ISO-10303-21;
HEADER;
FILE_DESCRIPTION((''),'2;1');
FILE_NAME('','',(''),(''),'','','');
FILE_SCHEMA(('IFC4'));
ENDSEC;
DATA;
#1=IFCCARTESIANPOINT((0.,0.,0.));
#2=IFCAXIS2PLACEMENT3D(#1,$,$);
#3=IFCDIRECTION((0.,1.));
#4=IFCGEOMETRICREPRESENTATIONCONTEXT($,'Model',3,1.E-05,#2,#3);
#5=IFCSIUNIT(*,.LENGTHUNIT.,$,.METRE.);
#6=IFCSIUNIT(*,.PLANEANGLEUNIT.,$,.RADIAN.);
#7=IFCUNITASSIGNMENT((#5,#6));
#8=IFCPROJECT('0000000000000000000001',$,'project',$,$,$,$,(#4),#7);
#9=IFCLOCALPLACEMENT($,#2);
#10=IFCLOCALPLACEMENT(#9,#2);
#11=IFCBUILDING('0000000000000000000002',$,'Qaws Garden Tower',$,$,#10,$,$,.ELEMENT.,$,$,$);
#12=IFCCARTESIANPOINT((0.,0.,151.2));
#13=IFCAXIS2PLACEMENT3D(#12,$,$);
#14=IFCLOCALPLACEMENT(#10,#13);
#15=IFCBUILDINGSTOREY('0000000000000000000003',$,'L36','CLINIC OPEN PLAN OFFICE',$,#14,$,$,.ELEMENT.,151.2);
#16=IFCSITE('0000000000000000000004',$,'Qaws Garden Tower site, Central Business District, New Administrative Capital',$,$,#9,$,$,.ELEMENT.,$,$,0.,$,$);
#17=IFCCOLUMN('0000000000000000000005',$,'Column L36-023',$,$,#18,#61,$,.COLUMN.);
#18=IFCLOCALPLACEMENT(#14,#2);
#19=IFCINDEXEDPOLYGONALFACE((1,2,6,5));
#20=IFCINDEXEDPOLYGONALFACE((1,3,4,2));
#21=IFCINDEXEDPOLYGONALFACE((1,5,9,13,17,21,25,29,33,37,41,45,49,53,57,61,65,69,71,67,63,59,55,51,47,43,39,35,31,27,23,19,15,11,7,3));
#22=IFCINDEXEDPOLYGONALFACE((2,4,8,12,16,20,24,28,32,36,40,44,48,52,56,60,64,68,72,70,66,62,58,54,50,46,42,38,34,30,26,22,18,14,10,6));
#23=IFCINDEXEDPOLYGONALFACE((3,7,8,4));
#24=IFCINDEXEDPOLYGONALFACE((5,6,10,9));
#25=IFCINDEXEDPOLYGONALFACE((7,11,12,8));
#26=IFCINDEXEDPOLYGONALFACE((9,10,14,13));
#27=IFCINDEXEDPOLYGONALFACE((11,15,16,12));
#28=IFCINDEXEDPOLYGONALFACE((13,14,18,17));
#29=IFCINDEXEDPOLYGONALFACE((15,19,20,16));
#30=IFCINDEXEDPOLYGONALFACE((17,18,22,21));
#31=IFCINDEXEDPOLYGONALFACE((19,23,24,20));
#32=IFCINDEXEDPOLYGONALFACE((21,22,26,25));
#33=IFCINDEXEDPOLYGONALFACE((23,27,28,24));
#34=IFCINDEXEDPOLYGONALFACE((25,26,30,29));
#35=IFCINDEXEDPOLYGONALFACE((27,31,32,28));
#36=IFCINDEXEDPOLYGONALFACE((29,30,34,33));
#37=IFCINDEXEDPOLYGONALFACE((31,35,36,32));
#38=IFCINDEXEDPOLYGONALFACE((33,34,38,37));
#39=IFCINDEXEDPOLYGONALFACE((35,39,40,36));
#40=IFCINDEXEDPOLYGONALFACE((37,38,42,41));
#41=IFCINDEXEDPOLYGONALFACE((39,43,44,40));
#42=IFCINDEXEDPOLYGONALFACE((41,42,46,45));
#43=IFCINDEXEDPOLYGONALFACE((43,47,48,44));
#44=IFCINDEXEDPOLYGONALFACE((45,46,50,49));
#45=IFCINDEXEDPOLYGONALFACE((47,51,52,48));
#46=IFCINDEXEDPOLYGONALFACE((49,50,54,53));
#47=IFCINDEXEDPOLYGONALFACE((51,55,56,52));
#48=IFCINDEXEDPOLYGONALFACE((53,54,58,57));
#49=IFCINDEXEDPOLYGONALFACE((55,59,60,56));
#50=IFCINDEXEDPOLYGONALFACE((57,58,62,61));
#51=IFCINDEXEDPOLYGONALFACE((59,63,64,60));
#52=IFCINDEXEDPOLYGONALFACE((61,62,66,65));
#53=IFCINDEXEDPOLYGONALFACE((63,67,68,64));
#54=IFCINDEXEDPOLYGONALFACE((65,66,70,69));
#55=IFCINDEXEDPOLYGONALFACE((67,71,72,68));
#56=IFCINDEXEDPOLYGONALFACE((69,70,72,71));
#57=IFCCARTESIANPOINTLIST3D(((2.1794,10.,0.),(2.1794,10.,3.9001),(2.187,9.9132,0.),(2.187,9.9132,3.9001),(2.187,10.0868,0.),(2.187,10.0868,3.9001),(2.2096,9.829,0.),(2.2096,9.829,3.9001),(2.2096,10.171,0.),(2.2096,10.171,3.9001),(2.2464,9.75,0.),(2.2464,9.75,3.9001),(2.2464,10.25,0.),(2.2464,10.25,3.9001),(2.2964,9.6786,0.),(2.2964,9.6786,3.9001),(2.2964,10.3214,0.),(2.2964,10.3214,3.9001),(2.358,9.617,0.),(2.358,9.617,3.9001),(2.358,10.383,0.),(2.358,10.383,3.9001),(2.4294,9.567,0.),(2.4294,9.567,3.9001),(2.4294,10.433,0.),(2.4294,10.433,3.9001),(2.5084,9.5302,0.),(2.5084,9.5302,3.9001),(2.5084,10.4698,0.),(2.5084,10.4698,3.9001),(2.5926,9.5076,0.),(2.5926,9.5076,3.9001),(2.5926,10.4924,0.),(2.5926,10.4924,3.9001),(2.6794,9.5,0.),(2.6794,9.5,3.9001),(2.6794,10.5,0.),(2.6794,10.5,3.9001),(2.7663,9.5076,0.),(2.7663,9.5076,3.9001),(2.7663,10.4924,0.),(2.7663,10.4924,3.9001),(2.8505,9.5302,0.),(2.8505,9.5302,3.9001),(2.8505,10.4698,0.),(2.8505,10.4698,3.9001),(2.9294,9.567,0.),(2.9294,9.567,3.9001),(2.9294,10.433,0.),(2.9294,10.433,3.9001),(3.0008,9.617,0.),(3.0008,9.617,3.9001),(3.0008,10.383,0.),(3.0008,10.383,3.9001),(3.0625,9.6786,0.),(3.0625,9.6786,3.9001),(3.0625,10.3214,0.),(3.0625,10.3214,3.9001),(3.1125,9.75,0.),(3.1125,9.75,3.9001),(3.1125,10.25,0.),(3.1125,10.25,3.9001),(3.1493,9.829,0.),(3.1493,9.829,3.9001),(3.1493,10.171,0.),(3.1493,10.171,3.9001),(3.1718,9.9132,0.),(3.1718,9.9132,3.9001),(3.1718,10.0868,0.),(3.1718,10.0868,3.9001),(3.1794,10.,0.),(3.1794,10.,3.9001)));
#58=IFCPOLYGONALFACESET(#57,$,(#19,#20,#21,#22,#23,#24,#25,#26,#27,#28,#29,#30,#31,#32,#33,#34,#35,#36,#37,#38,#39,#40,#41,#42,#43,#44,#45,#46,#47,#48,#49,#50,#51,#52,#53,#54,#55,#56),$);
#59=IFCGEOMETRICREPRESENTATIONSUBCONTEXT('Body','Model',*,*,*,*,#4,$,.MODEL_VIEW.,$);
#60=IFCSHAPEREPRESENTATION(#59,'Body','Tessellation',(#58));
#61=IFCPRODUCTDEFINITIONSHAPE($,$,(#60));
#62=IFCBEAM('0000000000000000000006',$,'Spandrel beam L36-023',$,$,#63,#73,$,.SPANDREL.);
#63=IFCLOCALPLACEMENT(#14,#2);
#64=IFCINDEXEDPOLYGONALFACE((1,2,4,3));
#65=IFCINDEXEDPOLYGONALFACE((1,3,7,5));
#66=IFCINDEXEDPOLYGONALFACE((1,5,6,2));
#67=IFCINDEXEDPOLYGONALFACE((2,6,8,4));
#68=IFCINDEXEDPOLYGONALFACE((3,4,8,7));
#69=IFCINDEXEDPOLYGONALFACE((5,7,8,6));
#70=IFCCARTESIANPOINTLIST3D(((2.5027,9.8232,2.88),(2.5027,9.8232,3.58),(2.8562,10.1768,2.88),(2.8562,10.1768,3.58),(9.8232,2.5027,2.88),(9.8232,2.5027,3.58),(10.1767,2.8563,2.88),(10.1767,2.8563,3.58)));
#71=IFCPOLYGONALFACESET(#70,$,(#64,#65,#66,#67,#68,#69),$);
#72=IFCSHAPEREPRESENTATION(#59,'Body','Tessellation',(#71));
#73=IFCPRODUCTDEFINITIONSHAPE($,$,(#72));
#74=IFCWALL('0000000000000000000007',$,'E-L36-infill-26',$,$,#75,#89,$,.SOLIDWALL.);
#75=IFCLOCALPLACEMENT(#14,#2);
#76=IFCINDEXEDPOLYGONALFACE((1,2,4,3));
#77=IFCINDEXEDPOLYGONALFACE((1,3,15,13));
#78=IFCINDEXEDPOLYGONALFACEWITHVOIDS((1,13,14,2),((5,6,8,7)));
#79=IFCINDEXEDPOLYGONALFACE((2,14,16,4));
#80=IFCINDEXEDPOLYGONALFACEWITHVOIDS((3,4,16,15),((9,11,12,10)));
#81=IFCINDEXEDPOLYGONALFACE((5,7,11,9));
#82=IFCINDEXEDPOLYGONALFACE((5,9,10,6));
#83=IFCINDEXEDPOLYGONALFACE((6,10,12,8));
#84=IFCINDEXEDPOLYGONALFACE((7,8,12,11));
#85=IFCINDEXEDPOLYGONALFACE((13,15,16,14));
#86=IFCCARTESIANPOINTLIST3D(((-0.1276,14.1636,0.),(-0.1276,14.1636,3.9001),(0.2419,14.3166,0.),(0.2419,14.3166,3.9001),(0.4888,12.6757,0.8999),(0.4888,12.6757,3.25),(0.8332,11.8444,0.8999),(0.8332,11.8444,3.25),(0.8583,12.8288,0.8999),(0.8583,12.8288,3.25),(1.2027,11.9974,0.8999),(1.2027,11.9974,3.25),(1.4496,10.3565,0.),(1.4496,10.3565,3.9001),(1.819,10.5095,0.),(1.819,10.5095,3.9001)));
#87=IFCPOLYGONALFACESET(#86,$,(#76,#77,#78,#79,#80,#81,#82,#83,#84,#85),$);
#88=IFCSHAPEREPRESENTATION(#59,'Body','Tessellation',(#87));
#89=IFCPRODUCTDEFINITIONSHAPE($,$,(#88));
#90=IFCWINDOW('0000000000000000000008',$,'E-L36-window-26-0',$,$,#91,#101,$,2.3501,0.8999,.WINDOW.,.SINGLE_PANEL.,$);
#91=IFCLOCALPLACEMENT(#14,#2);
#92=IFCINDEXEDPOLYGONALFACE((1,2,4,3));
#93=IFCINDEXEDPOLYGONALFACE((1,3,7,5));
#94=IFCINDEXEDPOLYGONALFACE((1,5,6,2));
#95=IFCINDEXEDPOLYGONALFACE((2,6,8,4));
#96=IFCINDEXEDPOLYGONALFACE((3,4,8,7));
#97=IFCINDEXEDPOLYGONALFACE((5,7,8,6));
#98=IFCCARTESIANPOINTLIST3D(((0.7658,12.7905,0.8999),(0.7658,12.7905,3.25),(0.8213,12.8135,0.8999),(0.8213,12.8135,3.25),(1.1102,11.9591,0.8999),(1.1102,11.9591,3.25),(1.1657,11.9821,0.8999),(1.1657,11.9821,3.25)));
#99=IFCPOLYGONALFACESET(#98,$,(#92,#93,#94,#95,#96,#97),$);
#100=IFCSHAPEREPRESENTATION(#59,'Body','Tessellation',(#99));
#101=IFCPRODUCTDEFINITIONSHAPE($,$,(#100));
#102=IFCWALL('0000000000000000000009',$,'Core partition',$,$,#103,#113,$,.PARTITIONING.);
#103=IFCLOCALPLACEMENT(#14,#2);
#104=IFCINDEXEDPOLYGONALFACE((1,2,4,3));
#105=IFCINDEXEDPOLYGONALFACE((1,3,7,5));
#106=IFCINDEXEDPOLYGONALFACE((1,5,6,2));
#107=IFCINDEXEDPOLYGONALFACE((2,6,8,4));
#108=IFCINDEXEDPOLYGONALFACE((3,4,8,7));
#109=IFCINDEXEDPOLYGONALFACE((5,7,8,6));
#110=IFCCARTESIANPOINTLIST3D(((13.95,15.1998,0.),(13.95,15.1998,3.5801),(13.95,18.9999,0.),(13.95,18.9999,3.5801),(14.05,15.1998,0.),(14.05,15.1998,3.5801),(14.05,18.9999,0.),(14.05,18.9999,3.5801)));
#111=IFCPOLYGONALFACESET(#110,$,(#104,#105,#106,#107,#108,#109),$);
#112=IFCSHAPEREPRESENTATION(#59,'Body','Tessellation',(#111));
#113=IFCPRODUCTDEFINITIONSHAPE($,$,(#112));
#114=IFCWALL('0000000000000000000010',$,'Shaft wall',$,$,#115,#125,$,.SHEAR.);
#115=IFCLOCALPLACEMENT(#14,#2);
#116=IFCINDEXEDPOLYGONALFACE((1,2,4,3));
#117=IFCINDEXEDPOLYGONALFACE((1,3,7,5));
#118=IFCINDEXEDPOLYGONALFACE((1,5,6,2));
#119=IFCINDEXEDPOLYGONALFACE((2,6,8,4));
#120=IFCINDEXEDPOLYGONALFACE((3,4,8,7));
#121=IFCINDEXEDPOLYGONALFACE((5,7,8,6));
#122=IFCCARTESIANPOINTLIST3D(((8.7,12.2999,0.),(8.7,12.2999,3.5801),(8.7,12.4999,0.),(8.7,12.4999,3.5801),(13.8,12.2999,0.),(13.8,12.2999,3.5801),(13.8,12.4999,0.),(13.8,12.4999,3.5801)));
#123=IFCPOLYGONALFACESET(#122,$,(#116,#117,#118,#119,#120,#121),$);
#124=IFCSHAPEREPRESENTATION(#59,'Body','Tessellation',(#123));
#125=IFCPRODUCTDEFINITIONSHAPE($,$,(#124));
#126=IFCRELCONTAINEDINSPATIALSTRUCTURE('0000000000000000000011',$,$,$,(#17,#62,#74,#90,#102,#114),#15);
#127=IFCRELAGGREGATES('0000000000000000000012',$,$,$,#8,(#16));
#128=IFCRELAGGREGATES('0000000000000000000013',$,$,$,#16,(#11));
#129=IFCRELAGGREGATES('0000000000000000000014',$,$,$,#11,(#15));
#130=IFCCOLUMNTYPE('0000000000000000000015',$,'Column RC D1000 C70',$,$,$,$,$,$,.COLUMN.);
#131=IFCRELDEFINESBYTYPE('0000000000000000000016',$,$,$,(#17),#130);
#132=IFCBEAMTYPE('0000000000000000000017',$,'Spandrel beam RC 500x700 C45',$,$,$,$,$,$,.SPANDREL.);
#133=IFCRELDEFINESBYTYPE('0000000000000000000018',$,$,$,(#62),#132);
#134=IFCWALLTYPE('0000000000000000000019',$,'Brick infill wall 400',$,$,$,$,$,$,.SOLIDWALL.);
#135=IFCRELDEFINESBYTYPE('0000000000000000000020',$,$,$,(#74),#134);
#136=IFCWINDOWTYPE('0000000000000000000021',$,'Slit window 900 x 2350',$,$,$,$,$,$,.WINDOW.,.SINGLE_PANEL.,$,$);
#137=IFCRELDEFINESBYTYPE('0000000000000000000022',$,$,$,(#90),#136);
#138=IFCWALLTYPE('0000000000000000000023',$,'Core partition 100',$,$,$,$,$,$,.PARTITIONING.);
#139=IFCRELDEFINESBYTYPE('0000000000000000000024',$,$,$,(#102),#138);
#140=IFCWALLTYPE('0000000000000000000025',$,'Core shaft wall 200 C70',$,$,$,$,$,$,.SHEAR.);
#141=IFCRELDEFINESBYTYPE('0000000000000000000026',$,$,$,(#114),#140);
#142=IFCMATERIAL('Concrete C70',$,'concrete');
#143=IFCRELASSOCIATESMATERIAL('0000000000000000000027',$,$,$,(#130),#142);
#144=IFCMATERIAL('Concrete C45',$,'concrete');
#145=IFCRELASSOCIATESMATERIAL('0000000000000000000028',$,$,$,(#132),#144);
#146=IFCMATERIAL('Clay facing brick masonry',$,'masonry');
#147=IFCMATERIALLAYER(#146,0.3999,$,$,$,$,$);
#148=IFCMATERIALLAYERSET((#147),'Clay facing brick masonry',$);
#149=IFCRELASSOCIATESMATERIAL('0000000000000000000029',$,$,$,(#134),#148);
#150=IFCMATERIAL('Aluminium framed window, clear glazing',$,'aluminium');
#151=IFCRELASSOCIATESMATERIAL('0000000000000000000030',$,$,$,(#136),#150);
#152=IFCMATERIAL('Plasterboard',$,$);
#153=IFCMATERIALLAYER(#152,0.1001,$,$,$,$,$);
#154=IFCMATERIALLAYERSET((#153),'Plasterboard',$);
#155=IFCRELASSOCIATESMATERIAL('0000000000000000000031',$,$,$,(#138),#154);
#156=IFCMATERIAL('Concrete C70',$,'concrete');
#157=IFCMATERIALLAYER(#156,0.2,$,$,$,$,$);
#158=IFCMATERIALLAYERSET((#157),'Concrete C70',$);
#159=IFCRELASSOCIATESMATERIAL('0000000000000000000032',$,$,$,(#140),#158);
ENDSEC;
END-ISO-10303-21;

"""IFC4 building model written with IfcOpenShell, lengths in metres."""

from ifc_helpers import new_model, si_unit, direction, frame, frame_2d, origin, origin_2d, place, context, subcontext, project, spatial, rectangle, circle, extrude, material, layer, layer_set, material_profile, profile_set, type_object, element, fill, save


model = new_model("IFC4")

# Units and contexts
model_context = context("Model", 3, precision=1e-05, world=origin(), true_north=direction((0.0, 1.0)))
body_context = subcontext(model_context, "Body", "Model", "MODEL_VIEW")
ifc_project = project(units=[si_unit("LENGTHUNIT", "METRE"), si_unit("PLANEANGLEUNIT", "RADIAN")], contexts=[model_context])

# Site, building, storey
site_placement = place(None, origin())
site = spatial("IfcSite", under=ifc_project, at=site_placement, Name="Qaws Garden Tower site, Central Business District, New Administrative Capital", CompositionType="ELEMENT", RefElevation=0.0)
building_placement = place(site_placement, origin())
building = spatial("IfcBuilding", under=site, at=building_placement, Name="Qaws Garden Tower", CompositionType="ELEMENT")
storey_placement = place(building_placement, frame((0.0, 0.0, 151.2)))
storey = spatial("IfcBuildingStorey", under=building, at=storey_placement, Name="L36", Description="CLINIC OPEN PLAN OFFICE", CompositionType="ELEMENT", Elevation=151.2)

# Column
ifc_material_1 = material(Name="Concrete C70", Category="concrete")
ifc_material_profile_1 = material_profile(ifc_material_1, circle(Radius=0.5, at=origin_2d()), Name="RC D1000")
ifc_profile_set_1 = profile_set([ifc_material_profile_1], Name="Concrete C70")
column_type = type_object("IfcColumnType", Name="Column RC D1000 C70", PredefinedType="COLUMN", material=ifc_profile_set_1)
column_placement = place(storey_placement, frame((2.6794, 10.0, 0.0), z_axis=(0.0, 0.0, 1.0), x_axis=(1.0, 0.0, 0.0)))
element("IfcColumn", 1, at=column_placement, inside=storey, type_object=column_type, Name="Column L36-023", PredefinedType="COLUMN", context=body_context, shape_type="SweptSolid", body=[
    extrude(circle(Radius=0.5, at=origin_2d()), origin(), (0.0, 0.0, 1.0), 3.9001),
])

# Beam
ifc_material_2 = material(Name="Concrete C45", Category="concrete")
ifc_material_profile_2 = material_profile(ifc_material_2, rectangle(XDim=0.5, YDim=0.7, at=origin_2d()), Name="RC 500x700")
ifc_profile_set_2 = profile_set([ifc_material_profile_2], Name="Concrete C45")
beam_type = type_object("IfcBeamType", Name="Spandrel beam RC 500x700 C45", PredefinedType="SPANDREL", material=ifc_profile_set_2)
beam_placement = place(storey_placement, frame((2.6794, 10.0, 3.23), z_axis=(0.707107, -0.707107, 0.0), x_axis=(0.707107, 0.707107, 0.0)))
element("IfcBeam", 2, at=beam_placement, inside=storey, type_object=beam_type, Name="Spandrel beam L36-023", PredefinedType="SPANDREL", context=body_context, shape_type="SweptSolid", body=[
    extrude(rectangle(XDim=0.5, YDim=0.7, at=origin_2d()), origin(), (0.0, 0.0, 1.0), 10.3528),
])

# Wall, opening, window
ifc_material_3 = material(Name="Clay facing brick masonry", Category="masonry")
ifc_layer_1 = layer(ifc_material_3, 0.3999)
ifc_layer_set_1 = layer_set([ifc_layer_1], Name="Clay facing brick masonry")
wall_type_1 = type_object("IfcWallType", Name="Brick infill wall 400", PredefinedType="SOLIDWALL", material=ifc_layer_set_1)
wall_1_placement = place(storey_placement, frame((0.0571, 14.2402, 0.0), z_axis=(0.0, 0.0, 1.0), x_axis=(0.382722, -0.923864, 0.0)))
wall_1 = element("IfcWall", 3, at=wall_1_placement, inside=storey, type_object=wall_type_1, Name="E-L36-infill-26", PredefinedType="SOLIDWALL", context=body_context, shape_type="SweptSolid", body=[
    extrude(rectangle(XDim=4.1208, YDim=0.3999, at=frame_2d((2.0605, 0.0))), origin(), (0.0, 0.0, 1.0), 3.9001),
])
opening_1_placement = place(wall_1_placement, frame((1.6106, 0.0, 0.8999)))
opening_1 = element("IfcOpeningElement", 4, at=opening_1_placement, cuts=wall_1, PredefinedType="OPENING", context=body_context, shape_type="SweptSolid", body=[
    extrude(rectangle(XDim=0.8999, YDim=2.3501, at=frame_2d((0.45, 1.175))), frame((0.0, 0.21, 0.0), z_axis=(0.0, -1.0, 0.0), x_axis=(1.0, 0.0, 0.0)), (0.0, 0.0, 1.0), 0.4199),
])
ifc_material_4 = material(Name="Aluminium framed window, clear glazing", Category="aluminium")
window_type = type_object("IfcWindowType", Name="Slit window 900 x 2350", PartitioningType="SINGLE_PANEL", PredefinedType="WINDOW", material=ifc_material_4)
window_placement = place(opening_1_placement, origin())
window = element("IfcWindow", 5, at=window_placement, inside=storey, type_object=window_type, Name="E-L36-window-26-0", OverallHeight=2.3501, OverallWidth=0.8999, PartitioningType="SINGLE_PANEL", PredefinedType="WINDOW", context=body_context, shape_type="SweptSolid", body=[
    extrude(rectangle(XDim=0.8999, YDim=2.3501, at=frame_2d((0.45, 1.175))), frame((0.0, 0.1599, 0.0), z_axis=(0.0, -1.0, 0.0), x_axis=(1.0, 0.0, 0.0)), (0.0, 0.0, 1.0), 0.0601),
])
fill(opening_1, window)

# Walls
ifc_material_5 = material(Name="Plasterboard")
ifc_layer_2 = layer(ifc_material_5, 0.1001)
ifc_layer_set_2 = layer_set([ifc_layer_2], Name="Plasterboard")
wall_type_2 = type_object("IfcWallType", Name="Core partition 100", PredefinedType="PARTITIONING", material=ifc_layer_set_2)
wall_2_placement = place(storey_placement, frame((14.0, 15.2, 0.0), z_axis=(0.0, 0.0, 1.0), x_axis=(0.0, 1.0, 0.0)))
element("IfcWall", 6, at=wall_2_placement, inside=storey, type_object=wall_type_2, Name="Core partition", PredefinedType="PARTITIONING", context=body_context, shape_type="SweptSolid", body=[
    extrude(rectangle(XDim=3.8, YDim=0.1001, at=frame_2d((1.8999, 0.0))), origin(), (0.0, 0.0, 1.0), 3.5801),
])
ifc_material_6 = material(Name="Concrete C70", Category="concrete")
ifc_layer_3 = layer(ifc_material_6, 0.2)
ifc_layer_set_3 = layer_set([ifc_layer_3], Name="Concrete C70")
wall_type_3 = type_object("IfcWallType", Name="Core shaft wall 200 C70", PredefinedType="SHEAR", material=ifc_layer_set_3)
wall_3_placement = place(storey_placement, frame((8.7, 12.3999, 0.0), z_axis=(0.0, 0.0, 1.0), x_axis=(1.0, 0.0, 0.0)))
element("IfcWall", 7, at=wall_3_placement, inside=storey, type_object=wall_type_3, Name="Shaft wall", PredefinedType="SHEAR", context=body_context, shape_type="SweptSolid", body=[
    extrude(rectangle(XDim=5.1001, YDim=0.2, at=frame_2d((2.55, 0.0))), origin(), (0.0, 0.0, 1.0), 3.5801),
])

save(model, "model.ifc")
